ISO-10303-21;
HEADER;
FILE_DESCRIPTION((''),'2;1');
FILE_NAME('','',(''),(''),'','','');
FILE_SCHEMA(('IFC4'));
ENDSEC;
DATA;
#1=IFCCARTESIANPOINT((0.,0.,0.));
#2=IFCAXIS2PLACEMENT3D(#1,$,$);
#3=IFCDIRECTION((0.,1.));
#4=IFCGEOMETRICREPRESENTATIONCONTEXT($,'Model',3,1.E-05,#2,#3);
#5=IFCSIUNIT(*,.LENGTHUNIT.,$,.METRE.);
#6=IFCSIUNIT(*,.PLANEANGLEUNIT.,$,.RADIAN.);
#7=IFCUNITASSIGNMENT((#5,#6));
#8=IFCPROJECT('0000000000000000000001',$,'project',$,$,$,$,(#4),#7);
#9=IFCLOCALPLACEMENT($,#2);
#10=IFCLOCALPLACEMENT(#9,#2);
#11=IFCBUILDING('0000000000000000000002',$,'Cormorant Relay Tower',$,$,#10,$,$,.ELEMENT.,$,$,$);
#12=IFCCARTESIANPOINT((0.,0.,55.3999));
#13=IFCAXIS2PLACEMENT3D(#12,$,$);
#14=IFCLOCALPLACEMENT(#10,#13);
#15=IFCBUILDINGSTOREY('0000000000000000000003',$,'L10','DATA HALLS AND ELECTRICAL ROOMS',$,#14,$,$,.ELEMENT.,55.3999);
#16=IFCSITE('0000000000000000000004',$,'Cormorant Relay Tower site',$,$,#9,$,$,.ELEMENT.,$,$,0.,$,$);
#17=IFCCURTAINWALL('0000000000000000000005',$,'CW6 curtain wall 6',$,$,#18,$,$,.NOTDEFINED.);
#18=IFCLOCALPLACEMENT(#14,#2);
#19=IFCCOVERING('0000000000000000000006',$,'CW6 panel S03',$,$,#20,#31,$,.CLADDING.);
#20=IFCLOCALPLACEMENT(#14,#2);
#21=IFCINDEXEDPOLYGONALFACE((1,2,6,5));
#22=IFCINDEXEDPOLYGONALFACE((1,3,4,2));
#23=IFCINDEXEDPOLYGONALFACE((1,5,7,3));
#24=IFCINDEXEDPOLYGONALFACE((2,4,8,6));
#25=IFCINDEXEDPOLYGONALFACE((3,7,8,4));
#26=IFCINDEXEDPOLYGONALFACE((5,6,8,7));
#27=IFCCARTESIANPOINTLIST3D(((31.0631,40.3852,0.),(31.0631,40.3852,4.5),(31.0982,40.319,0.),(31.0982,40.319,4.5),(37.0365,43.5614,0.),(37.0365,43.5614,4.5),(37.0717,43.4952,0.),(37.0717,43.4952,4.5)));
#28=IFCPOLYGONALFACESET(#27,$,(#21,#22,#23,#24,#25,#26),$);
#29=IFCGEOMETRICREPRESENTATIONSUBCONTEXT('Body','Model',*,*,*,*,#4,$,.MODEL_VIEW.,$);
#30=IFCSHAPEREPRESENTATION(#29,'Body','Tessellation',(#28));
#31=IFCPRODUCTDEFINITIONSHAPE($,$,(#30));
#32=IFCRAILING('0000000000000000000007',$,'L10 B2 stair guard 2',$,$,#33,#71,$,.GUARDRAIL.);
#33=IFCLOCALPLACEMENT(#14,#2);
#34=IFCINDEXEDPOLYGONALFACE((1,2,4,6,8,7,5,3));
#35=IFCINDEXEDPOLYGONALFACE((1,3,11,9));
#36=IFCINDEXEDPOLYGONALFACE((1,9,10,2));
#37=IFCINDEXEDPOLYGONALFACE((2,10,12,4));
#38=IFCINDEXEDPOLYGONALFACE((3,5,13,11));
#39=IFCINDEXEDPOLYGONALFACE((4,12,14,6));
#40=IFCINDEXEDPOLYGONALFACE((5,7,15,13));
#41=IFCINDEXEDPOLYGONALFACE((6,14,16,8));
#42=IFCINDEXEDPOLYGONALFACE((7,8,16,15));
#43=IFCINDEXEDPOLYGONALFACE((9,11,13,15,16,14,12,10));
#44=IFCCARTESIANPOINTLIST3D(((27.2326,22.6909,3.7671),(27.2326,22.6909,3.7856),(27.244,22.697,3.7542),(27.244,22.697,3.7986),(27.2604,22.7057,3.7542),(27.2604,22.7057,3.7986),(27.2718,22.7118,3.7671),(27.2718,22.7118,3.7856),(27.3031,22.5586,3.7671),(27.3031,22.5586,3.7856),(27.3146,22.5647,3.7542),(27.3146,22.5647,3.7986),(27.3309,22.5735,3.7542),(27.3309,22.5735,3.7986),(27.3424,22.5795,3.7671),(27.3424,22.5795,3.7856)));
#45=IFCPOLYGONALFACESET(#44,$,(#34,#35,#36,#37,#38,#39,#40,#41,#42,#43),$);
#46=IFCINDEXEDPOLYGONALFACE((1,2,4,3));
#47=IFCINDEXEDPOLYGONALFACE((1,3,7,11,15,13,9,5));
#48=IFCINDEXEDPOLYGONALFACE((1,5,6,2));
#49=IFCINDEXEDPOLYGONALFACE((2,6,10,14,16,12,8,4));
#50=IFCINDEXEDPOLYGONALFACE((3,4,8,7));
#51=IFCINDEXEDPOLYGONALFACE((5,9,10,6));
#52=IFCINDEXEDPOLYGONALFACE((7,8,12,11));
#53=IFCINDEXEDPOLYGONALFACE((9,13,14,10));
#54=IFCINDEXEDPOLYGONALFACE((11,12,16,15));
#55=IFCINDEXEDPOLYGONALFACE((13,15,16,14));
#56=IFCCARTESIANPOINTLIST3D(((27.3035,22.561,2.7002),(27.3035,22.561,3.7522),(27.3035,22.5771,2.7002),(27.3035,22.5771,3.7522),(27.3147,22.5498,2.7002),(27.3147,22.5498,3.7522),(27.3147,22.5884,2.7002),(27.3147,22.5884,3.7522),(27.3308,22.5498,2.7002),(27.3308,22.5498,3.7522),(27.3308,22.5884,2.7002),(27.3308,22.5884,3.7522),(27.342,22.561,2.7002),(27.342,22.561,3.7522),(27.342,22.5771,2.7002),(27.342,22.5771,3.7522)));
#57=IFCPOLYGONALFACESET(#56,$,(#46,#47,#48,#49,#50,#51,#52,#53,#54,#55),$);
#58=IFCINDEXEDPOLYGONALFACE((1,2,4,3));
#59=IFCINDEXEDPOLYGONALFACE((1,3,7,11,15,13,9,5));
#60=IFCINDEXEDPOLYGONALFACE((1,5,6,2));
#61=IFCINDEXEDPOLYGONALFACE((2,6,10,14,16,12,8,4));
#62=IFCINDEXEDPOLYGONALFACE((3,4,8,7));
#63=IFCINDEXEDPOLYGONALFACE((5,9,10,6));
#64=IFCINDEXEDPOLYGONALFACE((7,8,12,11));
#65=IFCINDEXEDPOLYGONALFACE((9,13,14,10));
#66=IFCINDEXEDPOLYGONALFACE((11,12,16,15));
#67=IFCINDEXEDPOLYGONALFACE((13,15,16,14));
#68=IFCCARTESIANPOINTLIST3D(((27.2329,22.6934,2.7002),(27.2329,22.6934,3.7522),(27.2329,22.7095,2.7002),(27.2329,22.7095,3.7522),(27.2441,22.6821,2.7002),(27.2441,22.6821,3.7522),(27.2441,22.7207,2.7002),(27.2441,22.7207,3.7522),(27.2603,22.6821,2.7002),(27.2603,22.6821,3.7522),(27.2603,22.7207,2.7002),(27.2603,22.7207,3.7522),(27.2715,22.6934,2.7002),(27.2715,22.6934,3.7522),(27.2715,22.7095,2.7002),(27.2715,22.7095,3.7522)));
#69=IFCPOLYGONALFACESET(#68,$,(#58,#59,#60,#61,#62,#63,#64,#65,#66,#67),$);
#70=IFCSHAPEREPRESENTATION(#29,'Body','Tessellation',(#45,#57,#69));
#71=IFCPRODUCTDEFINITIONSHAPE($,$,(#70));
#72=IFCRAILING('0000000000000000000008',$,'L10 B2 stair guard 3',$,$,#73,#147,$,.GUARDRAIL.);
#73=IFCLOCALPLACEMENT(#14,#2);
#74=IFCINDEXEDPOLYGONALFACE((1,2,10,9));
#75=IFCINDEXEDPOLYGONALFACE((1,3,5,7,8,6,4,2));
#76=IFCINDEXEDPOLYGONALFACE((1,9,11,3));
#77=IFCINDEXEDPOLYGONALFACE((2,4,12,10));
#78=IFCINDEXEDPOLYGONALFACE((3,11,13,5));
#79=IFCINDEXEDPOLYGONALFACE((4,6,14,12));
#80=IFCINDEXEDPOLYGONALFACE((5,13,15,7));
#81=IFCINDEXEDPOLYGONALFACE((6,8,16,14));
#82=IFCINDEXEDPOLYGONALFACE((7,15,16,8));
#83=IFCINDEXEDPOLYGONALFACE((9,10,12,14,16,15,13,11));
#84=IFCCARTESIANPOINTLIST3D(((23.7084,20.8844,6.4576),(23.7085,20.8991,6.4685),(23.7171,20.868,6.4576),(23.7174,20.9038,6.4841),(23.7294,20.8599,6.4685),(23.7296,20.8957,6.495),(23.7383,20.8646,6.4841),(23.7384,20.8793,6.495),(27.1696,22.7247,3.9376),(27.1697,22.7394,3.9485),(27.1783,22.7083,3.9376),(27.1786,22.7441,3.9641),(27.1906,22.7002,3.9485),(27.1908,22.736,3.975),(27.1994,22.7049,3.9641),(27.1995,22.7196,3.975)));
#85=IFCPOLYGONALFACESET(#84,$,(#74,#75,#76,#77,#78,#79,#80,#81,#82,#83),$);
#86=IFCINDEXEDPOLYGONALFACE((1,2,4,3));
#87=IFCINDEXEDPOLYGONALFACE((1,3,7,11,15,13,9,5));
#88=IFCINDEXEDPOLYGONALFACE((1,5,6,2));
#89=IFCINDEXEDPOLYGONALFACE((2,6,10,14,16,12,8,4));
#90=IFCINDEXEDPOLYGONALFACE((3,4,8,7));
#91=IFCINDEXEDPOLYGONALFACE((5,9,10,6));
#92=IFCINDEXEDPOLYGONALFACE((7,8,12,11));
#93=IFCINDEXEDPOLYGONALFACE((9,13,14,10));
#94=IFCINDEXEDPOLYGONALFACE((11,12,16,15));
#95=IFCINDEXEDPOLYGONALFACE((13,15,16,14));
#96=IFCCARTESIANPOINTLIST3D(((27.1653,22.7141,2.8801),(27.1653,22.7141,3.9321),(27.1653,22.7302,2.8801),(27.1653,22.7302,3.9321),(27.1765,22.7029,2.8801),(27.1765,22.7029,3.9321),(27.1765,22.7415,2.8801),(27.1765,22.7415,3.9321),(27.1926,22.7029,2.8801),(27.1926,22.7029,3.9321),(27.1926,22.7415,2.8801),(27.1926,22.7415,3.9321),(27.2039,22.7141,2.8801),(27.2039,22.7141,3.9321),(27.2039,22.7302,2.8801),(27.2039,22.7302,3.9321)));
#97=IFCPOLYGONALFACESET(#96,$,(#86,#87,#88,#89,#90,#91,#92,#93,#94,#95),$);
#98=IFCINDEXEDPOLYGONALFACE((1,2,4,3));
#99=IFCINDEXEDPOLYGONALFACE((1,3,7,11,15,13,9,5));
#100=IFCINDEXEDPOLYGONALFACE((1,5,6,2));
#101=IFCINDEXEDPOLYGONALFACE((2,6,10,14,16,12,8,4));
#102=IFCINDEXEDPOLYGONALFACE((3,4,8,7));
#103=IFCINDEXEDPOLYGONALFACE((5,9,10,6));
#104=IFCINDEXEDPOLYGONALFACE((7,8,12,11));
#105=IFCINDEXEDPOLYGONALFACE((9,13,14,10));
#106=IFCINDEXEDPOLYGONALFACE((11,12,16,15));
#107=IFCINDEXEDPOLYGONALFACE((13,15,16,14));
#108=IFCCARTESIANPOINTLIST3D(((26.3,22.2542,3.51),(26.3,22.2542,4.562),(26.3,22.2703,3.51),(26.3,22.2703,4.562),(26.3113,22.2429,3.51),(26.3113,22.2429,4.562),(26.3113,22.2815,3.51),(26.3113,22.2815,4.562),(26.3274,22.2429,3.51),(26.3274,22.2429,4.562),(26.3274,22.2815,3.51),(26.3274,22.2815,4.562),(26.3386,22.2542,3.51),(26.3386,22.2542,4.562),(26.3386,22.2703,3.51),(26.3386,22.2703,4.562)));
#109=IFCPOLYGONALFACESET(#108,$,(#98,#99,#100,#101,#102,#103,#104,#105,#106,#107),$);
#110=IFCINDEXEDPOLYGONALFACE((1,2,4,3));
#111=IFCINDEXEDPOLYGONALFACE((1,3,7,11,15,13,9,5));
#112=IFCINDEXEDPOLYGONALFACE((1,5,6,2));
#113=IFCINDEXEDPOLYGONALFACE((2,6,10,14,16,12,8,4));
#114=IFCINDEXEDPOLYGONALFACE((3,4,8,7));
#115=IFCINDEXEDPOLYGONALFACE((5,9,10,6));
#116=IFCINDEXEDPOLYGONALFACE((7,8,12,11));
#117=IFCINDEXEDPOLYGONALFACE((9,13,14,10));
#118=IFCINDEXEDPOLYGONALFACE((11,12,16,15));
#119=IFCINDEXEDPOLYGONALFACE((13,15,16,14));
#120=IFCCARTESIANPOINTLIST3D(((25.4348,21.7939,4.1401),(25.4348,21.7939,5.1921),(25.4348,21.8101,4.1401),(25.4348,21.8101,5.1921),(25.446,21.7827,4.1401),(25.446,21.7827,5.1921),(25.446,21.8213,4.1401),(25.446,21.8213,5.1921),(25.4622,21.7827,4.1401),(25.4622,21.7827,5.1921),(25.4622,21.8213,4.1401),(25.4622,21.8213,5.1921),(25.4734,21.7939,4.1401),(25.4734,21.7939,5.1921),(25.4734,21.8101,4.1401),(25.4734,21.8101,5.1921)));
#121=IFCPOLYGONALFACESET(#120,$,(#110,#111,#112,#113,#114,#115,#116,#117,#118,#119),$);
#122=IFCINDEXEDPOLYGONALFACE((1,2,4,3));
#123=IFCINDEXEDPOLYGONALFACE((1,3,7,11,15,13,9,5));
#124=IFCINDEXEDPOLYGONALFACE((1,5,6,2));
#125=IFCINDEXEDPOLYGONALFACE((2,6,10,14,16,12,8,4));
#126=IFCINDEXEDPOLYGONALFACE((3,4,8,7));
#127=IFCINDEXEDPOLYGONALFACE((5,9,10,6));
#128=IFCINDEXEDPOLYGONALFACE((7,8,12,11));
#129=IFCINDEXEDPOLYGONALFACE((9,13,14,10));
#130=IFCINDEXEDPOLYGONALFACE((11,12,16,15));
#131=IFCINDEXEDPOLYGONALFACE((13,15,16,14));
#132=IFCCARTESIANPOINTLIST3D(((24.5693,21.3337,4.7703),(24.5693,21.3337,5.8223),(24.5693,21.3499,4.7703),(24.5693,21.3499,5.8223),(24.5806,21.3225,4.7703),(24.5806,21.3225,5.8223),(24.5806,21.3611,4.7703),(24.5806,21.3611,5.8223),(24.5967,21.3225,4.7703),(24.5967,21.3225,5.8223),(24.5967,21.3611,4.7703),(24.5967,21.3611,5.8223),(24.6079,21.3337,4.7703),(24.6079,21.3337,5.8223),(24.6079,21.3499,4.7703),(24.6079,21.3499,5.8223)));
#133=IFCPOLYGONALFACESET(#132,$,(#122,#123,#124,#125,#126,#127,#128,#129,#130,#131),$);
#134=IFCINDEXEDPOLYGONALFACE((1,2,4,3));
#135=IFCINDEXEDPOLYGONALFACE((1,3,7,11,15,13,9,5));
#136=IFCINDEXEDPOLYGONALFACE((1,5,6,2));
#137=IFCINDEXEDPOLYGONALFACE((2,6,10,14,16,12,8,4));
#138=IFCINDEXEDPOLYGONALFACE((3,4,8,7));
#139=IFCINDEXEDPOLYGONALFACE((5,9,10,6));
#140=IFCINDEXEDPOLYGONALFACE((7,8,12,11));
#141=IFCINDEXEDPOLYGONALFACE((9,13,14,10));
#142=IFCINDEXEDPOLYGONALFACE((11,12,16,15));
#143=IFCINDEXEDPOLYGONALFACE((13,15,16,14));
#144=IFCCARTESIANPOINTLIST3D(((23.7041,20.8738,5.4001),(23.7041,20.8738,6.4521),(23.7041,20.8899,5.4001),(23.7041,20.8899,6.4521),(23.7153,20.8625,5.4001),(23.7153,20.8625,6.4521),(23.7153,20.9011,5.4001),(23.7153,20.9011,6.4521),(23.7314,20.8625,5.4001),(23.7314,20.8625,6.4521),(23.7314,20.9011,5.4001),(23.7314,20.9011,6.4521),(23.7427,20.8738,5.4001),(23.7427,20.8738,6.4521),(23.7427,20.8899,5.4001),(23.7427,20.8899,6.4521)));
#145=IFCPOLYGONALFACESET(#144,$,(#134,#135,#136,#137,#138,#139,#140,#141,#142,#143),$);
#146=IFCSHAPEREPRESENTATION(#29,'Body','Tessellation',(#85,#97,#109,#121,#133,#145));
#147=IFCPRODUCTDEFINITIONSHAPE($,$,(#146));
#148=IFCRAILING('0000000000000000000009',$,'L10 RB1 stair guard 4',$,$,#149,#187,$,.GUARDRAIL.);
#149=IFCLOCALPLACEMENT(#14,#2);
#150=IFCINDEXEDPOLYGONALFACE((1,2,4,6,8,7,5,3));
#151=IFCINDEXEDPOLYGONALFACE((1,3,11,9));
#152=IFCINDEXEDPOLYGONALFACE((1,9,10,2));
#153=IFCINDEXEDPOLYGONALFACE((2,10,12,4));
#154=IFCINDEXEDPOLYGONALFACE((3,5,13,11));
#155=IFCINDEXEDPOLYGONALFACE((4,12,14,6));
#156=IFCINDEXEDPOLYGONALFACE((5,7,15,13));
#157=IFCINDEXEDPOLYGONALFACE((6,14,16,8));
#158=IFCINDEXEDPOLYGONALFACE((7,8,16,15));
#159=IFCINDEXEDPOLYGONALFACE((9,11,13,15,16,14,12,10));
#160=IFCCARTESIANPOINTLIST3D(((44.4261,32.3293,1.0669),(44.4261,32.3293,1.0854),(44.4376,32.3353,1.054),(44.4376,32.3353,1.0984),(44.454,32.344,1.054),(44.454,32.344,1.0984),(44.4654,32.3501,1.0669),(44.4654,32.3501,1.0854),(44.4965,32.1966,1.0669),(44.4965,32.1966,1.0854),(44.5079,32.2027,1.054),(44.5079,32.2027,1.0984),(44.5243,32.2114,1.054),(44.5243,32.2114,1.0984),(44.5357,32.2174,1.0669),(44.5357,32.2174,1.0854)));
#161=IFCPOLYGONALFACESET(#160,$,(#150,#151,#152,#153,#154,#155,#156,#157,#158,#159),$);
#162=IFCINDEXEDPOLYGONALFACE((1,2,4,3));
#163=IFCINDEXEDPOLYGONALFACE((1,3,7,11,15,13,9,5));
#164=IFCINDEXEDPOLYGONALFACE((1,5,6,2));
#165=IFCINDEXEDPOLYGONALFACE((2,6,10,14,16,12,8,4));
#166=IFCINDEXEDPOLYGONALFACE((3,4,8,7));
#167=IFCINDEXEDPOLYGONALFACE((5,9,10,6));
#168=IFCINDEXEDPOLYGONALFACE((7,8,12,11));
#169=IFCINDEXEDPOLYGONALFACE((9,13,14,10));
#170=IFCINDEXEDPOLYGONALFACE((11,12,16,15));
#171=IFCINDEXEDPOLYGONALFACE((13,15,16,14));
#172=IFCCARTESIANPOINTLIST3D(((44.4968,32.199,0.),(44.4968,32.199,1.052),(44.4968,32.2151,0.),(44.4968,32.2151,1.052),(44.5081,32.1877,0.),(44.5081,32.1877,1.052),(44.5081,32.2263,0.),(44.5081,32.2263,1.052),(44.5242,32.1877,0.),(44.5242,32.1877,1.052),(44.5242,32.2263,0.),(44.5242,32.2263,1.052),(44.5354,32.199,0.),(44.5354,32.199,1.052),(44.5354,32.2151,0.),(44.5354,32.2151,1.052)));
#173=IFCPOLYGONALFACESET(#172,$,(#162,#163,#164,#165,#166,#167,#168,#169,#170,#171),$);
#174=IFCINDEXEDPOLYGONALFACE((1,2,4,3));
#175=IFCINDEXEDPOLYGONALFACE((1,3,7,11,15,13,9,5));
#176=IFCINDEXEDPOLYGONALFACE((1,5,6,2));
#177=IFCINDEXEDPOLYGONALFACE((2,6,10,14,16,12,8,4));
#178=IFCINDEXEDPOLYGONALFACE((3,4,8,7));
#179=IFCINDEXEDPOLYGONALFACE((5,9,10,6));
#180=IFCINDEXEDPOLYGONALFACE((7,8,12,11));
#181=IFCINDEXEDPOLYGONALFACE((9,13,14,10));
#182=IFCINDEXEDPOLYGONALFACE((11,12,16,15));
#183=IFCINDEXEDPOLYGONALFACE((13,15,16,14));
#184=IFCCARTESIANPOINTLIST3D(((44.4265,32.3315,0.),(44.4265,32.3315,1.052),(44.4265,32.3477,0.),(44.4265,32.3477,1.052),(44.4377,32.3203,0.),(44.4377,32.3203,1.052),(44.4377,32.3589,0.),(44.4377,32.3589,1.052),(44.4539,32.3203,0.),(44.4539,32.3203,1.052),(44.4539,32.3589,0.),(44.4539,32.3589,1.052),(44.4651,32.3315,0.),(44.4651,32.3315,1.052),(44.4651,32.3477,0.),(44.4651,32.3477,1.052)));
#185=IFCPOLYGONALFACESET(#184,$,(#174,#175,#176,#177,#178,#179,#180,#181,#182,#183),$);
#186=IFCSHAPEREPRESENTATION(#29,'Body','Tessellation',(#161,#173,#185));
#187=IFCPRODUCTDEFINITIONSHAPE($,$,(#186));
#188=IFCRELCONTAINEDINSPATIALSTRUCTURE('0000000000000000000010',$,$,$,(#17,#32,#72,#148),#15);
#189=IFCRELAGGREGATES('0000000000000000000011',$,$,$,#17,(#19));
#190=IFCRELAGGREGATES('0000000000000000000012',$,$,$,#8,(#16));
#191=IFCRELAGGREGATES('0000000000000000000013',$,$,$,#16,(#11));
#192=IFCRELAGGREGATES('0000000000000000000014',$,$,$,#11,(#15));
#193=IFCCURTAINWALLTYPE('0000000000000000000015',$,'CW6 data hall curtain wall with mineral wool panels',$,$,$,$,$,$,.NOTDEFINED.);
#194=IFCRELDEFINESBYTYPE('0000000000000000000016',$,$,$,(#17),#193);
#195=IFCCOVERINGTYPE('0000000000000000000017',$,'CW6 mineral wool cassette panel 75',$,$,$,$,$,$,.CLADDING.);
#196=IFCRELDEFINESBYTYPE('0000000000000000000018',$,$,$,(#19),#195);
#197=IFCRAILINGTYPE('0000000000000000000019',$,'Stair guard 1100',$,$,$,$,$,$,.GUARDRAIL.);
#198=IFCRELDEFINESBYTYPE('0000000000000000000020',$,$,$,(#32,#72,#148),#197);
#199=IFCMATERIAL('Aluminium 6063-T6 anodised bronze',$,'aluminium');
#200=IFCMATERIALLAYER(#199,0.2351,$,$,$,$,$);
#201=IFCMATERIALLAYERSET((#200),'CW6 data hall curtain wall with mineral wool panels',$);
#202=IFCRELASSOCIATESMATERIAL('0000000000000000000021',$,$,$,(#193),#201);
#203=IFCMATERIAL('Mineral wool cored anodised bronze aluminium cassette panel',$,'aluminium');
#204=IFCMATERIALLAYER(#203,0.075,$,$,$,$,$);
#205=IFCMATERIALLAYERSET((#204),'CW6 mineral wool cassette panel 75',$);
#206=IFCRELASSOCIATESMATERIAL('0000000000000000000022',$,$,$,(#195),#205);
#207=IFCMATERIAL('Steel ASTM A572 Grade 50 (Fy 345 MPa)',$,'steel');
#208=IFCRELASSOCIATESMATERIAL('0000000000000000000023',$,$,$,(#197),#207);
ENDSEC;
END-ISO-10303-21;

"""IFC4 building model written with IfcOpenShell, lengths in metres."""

from ifc_helpers import new_model, si_unit, direction, frame, origin, origin_2d, place, context, subcontext, project, spatial, polyline, rectangle, outline, extrude, material, layer, layer_set, type_object, element, aggregate, save


model = new_model("IFC4")

# Units and contexts
model_context = context("Model", 3, precision=1e-05, world=origin(), true_north=direction((0.0, 1.0)))
body_context = subcontext(model_context, "Body", "Model", "MODEL_VIEW")
ifc_project = project(units=[si_unit("LENGTHUNIT", "METRE"), si_unit("PLANEANGLEUNIT", "RADIAN")], contexts=[model_context])

# Site, building, storey
site_placement = place(None, origin())
site = spatial("IfcSite", under=ifc_project, at=site_placement, Name="Cormorant Relay Tower site", CompositionType="ELEMENT", RefElevation=0.0)
building_placement = place(site_placement, origin())
building = spatial("IfcBuilding", under=site, at=building_placement, Name="Cormorant Relay Tower", CompositionType="ELEMENT")
storey_placement = place(building_placement, frame((0.0, 0.0, 55.3999)))
storey = spatial("IfcBuildingStorey", under=building, at=storey_placement, Name="L10", Description="DATA HALLS AND ELECTRICAL ROOMS", CompositionType="ELEMENT", Elevation=55.3999)

# Curtain wall
ifc_material_1 = material(Name="Aluminium 6063-T6 anodised bronze", Category="aluminium")
ifc_layer_1 = layer(ifc_material_1, 0.2351)
ifc_layer_set_1 = layer_set([ifc_layer_1], Name="CW6 data hall curtain wall with mineral wool panels")
curtain_wall_type = type_object("IfcCurtainWallType", Name="CW6 data hall curtain wall with mineral wool panels", PredefinedType="NOTDEFINED", material=ifc_layer_set_1)
curtain_wall_placement = place(storey_placement, origin())
curtain_wall = element("IfcCurtainWall", 1, at=curtain_wall_placement, inside=storey, type_object=curtain_wall_type, Name="CW6 curtain wall 6", PredefinedType="NOTDEFINED")

# Covering
ifc_material_2 = material(Name="Mineral wool cored anodised bronze aluminium cassette panel", Category="aluminium")
ifc_layer_2 = layer(ifc_material_2, 0.075)
ifc_layer_set_2 = layer_set([ifc_layer_2], Name="CW6 mineral wool cassette panel 75")
covering_type = type_object("IfcCoveringType", Name="CW6 mineral wool cassette panel 75", PredefinedType="CLADDING", material=ifc_layer_set_2)
covering_1_placement = place(storey_placement, frame((34.0674, 41.9402, 0.0), z_axis=(0.0, 0.0, 1.0), x_axis=(-0.882948, -0.469472, 0.0)))
covering_1 = element("IfcCovering", 2, at=covering_1_placement, type_object=covering_type, Name="CW6 panel S03", PredefinedType="CLADDING", context=body_context, shape_type="SweptSolid", body=[
    extrude(rectangle(XDim=6.7654, YDim=0.075, at=origin_2d()), origin(), (0.0, 0.0, 1.0), 4.5),
])
aggregate(curtain_wall, [covering_1])

# Railings
ifc_material_3 = material(Name="Steel ASTM A572 Grade 50 (Fy 345 MPa)", Category="steel")
railing_type_1 = type_object("IfcRailingType", Name="Stair guard 1100", PredefinedType="GUARDRAIL", material=ifc_material_3)
railing_1_placement = place(storey_placement, frame((27.3228, 22.5691, 2.7002)))
element("IfcRailing", 3, at=railing_1_placement, inside=storey, type_object=railing_type_1, Name="L10 B2 stair guard 2", PredefinedType="GUARDRAIL", context=body_context, shape_type="SweptSolid", body=[
    extrude(outline(polyline([(0.0222, 0.0093), (0.0093, 0.0222), (-0.0093, 0.0222), (-0.0222, 0.0093), (-0.0222, -0.0093), (-0.0093, -0.0222), (0.0093, -0.0222), (0.0222, -0.0093), (0.0222, 0.0093)])), frame((0.0, 0.0, 1.0762), z_axis=(-0.470504, 0.882398, 0.0), x_axis=(-0.882398, -0.470504, 0.0)), (0.0, 0.0, 1.0), 0.1499),
    extrude(outline(polyline([(0.0193, 0.0081), (0.0081, 0.0193), (-0.0081, 0.0193), (-0.0193, 0.0081), (-0.0193, -0.0081), (-0.0081, -0.0193), (0.0081, -0.0193), (0.0193, -0.0081), (0.0193, 0.0081)])), origin(), (0.0, 0.0, 1.0), 1.052),
    extrude(outline(polyline([(0.0193, 0.0081), (0.0081, 0.0193), (-0.0081, 0.0193), (-0.0193, 0.0081), (-0.0193, -0.0081), (-0.0081, -0.0193), (0.0081, -0.0193), (0.0193, -0.0081), (0.0193, 0.0081)])), frame((-0.0706, 0.1323, 0.0)), (0.0, 0.0, 1.0), 1.052),
])
railing_2_placement = place(storey_placement, frame((27.1846, 22.7222, 2.8801)))
element("IfcRailing", 4, at=railing_2_placement, inside=storey, type_object=railing_type_1, Name="L10 B2 stair guard 3", PredefinedType="GUARDRAIL", context=body_context, shape_type="SweptSolid", body=[
    extrude(outline(polyline([(0.0222, 0.0093), (0.0093, 0.0222), (-0.0093, 0.0222), (-0.0222, 0.0093), (-0.0222, -0.0093), (-0.0093, -0.0222), (0.0093, -0.0222), (0.0222, -0.0093), (0.0222, 0.0093)])), frame((0.0, 0.0, 1.0762), z_axis=(-0.742717, -0.394907, 0.540758), x_axis=(0.469469, -0.882949, 0.0)), (0.0, 0.0, 1.0), 4.6602),
    extrude(outline(polyline([(0.0193, 0.0081), (0.0081, 0.0193), (-0.0081, 0.0193), (-0.0193, 0.0081), (-0.0193, -0.0081), (-0.0081, -0.0193), (0.0081, -0.0193), (0.0193, -0.0081), (0.0193, 0.0081)])), origin(), (0.0, 0.0, 1.0), 1.052),
    extrude(outline(polyline([(0.0193, 0.0081), (0.0081, 0.0193), (-0.0081, 0.0193), (-0.0193, 0.0081), (-0.0193, -0.0081), (-0.0081, -0.0193), (0.0081, -0.0193), (0.0193, -0.0081), (0.0193, 0.0081)])), frame((-0.8652, -0.46, 0.6299)), (0.0, 0.0, 1.0), 1.052),
    extrude(outline(polyline([(0.0193, 0.0081), (0.0081, 0.0193), (-0.0081, 0.0193), (-0.0193, 0.0081), (-0.0193, -0.0081), (-0.0081, -0.0193), (0.0081, -0.0193), (0.0193, -0.0081), (0.0193, 0.0081)])), frame((-1.7305, -0.9202, 1.26)), (0.0, 0.0, 1.0), 1.052),
    extrude(outline(polyline([(0.0193, 0.0081), (0.0081, 0.0193), (-0.0081, 0.0193), (-0.0193, 0.0081), (-0.0193, -0.0081), (-0.0081, -0.0193), (0.0081, -0.0193), (0.0193, -0.0081), (0.0193, 0.0081)])), frame((-2.5959, -1.3804, 1.8901)), (0.0, 0.0, 1.0), 1.052),
    extrude(outline(polyline([(0.0193, 0.0081), (0.0081, 0.0193), (-0.0081, 0.0193), (-0.0193, 0.0081), (-0.0193, -0.0081), (-0.0081, -0.0193), (0.0081, -0.0193), (0.0193, -0.0081), (0.0193, 0.0081)])), frame((-3.4612, -1.8403, 2.52)), (0.0, 0.0, 1.0), 1.052),
])
railing_3_placement = place(storey_placement, frame((44.5161, 32.207, 0.0)))
element("IfcRailing", 5, at=railing_3_placement, inside=storey, type_object=railing_type_1, Name="L10 RB1 stair guard 4", PredefinedType="GUARDRAIL", context=body_context, shape_type="SweptSolid", body=[
    extrude(outline(polyline([(0.0222, 0.0093), (0.0093, 0.0222), (-0.0093, 0.0222), (-0.0222, 0.0093), (-0.0222, -0.0093), (-0.0093, -0.0222), (0.0093, -0.0222), (0.0222, -0.0093), (0.0222, 0.0093)])), frame((0.0, 0.0, 1.0762), z_axis=(-0.46856, 0.883431, 0.0), x_axis=(-0.883431, -0.46856, 0.0)), (0.0, 0.0, 1.0), 0.1501),
    extrude(outline(polyline([(0.0193, 0.0081), (0.0081, 0.0193), (-0.0081, 0.0193), (-0.0193, 0.0081), (-0.0193, -0.0081), (-0.0081, -0.0193), (0.0081, -0.0193), (0.0193, -0.0081), (0.0193, 0.0081)])), origin(), (0.0, 0.0, 1.0), 1.052),
    extrude(outline(polyline([(0.0193, 0.0081), (0.0081, 0.0193), (-0.0081, 0.0193), (-0.0193, 0.0081), (-0.0193, -0.0081), (-0.0081, -0.0193), (0.0081, -0.0193), (0.0193, -0.0081), (0.0193, 0.0081)])), frame((-0.0703, 0.1326, 0.0)), (0.0, 0.0, 1.0), 1.052),
])

save(model, "model.ifc")
